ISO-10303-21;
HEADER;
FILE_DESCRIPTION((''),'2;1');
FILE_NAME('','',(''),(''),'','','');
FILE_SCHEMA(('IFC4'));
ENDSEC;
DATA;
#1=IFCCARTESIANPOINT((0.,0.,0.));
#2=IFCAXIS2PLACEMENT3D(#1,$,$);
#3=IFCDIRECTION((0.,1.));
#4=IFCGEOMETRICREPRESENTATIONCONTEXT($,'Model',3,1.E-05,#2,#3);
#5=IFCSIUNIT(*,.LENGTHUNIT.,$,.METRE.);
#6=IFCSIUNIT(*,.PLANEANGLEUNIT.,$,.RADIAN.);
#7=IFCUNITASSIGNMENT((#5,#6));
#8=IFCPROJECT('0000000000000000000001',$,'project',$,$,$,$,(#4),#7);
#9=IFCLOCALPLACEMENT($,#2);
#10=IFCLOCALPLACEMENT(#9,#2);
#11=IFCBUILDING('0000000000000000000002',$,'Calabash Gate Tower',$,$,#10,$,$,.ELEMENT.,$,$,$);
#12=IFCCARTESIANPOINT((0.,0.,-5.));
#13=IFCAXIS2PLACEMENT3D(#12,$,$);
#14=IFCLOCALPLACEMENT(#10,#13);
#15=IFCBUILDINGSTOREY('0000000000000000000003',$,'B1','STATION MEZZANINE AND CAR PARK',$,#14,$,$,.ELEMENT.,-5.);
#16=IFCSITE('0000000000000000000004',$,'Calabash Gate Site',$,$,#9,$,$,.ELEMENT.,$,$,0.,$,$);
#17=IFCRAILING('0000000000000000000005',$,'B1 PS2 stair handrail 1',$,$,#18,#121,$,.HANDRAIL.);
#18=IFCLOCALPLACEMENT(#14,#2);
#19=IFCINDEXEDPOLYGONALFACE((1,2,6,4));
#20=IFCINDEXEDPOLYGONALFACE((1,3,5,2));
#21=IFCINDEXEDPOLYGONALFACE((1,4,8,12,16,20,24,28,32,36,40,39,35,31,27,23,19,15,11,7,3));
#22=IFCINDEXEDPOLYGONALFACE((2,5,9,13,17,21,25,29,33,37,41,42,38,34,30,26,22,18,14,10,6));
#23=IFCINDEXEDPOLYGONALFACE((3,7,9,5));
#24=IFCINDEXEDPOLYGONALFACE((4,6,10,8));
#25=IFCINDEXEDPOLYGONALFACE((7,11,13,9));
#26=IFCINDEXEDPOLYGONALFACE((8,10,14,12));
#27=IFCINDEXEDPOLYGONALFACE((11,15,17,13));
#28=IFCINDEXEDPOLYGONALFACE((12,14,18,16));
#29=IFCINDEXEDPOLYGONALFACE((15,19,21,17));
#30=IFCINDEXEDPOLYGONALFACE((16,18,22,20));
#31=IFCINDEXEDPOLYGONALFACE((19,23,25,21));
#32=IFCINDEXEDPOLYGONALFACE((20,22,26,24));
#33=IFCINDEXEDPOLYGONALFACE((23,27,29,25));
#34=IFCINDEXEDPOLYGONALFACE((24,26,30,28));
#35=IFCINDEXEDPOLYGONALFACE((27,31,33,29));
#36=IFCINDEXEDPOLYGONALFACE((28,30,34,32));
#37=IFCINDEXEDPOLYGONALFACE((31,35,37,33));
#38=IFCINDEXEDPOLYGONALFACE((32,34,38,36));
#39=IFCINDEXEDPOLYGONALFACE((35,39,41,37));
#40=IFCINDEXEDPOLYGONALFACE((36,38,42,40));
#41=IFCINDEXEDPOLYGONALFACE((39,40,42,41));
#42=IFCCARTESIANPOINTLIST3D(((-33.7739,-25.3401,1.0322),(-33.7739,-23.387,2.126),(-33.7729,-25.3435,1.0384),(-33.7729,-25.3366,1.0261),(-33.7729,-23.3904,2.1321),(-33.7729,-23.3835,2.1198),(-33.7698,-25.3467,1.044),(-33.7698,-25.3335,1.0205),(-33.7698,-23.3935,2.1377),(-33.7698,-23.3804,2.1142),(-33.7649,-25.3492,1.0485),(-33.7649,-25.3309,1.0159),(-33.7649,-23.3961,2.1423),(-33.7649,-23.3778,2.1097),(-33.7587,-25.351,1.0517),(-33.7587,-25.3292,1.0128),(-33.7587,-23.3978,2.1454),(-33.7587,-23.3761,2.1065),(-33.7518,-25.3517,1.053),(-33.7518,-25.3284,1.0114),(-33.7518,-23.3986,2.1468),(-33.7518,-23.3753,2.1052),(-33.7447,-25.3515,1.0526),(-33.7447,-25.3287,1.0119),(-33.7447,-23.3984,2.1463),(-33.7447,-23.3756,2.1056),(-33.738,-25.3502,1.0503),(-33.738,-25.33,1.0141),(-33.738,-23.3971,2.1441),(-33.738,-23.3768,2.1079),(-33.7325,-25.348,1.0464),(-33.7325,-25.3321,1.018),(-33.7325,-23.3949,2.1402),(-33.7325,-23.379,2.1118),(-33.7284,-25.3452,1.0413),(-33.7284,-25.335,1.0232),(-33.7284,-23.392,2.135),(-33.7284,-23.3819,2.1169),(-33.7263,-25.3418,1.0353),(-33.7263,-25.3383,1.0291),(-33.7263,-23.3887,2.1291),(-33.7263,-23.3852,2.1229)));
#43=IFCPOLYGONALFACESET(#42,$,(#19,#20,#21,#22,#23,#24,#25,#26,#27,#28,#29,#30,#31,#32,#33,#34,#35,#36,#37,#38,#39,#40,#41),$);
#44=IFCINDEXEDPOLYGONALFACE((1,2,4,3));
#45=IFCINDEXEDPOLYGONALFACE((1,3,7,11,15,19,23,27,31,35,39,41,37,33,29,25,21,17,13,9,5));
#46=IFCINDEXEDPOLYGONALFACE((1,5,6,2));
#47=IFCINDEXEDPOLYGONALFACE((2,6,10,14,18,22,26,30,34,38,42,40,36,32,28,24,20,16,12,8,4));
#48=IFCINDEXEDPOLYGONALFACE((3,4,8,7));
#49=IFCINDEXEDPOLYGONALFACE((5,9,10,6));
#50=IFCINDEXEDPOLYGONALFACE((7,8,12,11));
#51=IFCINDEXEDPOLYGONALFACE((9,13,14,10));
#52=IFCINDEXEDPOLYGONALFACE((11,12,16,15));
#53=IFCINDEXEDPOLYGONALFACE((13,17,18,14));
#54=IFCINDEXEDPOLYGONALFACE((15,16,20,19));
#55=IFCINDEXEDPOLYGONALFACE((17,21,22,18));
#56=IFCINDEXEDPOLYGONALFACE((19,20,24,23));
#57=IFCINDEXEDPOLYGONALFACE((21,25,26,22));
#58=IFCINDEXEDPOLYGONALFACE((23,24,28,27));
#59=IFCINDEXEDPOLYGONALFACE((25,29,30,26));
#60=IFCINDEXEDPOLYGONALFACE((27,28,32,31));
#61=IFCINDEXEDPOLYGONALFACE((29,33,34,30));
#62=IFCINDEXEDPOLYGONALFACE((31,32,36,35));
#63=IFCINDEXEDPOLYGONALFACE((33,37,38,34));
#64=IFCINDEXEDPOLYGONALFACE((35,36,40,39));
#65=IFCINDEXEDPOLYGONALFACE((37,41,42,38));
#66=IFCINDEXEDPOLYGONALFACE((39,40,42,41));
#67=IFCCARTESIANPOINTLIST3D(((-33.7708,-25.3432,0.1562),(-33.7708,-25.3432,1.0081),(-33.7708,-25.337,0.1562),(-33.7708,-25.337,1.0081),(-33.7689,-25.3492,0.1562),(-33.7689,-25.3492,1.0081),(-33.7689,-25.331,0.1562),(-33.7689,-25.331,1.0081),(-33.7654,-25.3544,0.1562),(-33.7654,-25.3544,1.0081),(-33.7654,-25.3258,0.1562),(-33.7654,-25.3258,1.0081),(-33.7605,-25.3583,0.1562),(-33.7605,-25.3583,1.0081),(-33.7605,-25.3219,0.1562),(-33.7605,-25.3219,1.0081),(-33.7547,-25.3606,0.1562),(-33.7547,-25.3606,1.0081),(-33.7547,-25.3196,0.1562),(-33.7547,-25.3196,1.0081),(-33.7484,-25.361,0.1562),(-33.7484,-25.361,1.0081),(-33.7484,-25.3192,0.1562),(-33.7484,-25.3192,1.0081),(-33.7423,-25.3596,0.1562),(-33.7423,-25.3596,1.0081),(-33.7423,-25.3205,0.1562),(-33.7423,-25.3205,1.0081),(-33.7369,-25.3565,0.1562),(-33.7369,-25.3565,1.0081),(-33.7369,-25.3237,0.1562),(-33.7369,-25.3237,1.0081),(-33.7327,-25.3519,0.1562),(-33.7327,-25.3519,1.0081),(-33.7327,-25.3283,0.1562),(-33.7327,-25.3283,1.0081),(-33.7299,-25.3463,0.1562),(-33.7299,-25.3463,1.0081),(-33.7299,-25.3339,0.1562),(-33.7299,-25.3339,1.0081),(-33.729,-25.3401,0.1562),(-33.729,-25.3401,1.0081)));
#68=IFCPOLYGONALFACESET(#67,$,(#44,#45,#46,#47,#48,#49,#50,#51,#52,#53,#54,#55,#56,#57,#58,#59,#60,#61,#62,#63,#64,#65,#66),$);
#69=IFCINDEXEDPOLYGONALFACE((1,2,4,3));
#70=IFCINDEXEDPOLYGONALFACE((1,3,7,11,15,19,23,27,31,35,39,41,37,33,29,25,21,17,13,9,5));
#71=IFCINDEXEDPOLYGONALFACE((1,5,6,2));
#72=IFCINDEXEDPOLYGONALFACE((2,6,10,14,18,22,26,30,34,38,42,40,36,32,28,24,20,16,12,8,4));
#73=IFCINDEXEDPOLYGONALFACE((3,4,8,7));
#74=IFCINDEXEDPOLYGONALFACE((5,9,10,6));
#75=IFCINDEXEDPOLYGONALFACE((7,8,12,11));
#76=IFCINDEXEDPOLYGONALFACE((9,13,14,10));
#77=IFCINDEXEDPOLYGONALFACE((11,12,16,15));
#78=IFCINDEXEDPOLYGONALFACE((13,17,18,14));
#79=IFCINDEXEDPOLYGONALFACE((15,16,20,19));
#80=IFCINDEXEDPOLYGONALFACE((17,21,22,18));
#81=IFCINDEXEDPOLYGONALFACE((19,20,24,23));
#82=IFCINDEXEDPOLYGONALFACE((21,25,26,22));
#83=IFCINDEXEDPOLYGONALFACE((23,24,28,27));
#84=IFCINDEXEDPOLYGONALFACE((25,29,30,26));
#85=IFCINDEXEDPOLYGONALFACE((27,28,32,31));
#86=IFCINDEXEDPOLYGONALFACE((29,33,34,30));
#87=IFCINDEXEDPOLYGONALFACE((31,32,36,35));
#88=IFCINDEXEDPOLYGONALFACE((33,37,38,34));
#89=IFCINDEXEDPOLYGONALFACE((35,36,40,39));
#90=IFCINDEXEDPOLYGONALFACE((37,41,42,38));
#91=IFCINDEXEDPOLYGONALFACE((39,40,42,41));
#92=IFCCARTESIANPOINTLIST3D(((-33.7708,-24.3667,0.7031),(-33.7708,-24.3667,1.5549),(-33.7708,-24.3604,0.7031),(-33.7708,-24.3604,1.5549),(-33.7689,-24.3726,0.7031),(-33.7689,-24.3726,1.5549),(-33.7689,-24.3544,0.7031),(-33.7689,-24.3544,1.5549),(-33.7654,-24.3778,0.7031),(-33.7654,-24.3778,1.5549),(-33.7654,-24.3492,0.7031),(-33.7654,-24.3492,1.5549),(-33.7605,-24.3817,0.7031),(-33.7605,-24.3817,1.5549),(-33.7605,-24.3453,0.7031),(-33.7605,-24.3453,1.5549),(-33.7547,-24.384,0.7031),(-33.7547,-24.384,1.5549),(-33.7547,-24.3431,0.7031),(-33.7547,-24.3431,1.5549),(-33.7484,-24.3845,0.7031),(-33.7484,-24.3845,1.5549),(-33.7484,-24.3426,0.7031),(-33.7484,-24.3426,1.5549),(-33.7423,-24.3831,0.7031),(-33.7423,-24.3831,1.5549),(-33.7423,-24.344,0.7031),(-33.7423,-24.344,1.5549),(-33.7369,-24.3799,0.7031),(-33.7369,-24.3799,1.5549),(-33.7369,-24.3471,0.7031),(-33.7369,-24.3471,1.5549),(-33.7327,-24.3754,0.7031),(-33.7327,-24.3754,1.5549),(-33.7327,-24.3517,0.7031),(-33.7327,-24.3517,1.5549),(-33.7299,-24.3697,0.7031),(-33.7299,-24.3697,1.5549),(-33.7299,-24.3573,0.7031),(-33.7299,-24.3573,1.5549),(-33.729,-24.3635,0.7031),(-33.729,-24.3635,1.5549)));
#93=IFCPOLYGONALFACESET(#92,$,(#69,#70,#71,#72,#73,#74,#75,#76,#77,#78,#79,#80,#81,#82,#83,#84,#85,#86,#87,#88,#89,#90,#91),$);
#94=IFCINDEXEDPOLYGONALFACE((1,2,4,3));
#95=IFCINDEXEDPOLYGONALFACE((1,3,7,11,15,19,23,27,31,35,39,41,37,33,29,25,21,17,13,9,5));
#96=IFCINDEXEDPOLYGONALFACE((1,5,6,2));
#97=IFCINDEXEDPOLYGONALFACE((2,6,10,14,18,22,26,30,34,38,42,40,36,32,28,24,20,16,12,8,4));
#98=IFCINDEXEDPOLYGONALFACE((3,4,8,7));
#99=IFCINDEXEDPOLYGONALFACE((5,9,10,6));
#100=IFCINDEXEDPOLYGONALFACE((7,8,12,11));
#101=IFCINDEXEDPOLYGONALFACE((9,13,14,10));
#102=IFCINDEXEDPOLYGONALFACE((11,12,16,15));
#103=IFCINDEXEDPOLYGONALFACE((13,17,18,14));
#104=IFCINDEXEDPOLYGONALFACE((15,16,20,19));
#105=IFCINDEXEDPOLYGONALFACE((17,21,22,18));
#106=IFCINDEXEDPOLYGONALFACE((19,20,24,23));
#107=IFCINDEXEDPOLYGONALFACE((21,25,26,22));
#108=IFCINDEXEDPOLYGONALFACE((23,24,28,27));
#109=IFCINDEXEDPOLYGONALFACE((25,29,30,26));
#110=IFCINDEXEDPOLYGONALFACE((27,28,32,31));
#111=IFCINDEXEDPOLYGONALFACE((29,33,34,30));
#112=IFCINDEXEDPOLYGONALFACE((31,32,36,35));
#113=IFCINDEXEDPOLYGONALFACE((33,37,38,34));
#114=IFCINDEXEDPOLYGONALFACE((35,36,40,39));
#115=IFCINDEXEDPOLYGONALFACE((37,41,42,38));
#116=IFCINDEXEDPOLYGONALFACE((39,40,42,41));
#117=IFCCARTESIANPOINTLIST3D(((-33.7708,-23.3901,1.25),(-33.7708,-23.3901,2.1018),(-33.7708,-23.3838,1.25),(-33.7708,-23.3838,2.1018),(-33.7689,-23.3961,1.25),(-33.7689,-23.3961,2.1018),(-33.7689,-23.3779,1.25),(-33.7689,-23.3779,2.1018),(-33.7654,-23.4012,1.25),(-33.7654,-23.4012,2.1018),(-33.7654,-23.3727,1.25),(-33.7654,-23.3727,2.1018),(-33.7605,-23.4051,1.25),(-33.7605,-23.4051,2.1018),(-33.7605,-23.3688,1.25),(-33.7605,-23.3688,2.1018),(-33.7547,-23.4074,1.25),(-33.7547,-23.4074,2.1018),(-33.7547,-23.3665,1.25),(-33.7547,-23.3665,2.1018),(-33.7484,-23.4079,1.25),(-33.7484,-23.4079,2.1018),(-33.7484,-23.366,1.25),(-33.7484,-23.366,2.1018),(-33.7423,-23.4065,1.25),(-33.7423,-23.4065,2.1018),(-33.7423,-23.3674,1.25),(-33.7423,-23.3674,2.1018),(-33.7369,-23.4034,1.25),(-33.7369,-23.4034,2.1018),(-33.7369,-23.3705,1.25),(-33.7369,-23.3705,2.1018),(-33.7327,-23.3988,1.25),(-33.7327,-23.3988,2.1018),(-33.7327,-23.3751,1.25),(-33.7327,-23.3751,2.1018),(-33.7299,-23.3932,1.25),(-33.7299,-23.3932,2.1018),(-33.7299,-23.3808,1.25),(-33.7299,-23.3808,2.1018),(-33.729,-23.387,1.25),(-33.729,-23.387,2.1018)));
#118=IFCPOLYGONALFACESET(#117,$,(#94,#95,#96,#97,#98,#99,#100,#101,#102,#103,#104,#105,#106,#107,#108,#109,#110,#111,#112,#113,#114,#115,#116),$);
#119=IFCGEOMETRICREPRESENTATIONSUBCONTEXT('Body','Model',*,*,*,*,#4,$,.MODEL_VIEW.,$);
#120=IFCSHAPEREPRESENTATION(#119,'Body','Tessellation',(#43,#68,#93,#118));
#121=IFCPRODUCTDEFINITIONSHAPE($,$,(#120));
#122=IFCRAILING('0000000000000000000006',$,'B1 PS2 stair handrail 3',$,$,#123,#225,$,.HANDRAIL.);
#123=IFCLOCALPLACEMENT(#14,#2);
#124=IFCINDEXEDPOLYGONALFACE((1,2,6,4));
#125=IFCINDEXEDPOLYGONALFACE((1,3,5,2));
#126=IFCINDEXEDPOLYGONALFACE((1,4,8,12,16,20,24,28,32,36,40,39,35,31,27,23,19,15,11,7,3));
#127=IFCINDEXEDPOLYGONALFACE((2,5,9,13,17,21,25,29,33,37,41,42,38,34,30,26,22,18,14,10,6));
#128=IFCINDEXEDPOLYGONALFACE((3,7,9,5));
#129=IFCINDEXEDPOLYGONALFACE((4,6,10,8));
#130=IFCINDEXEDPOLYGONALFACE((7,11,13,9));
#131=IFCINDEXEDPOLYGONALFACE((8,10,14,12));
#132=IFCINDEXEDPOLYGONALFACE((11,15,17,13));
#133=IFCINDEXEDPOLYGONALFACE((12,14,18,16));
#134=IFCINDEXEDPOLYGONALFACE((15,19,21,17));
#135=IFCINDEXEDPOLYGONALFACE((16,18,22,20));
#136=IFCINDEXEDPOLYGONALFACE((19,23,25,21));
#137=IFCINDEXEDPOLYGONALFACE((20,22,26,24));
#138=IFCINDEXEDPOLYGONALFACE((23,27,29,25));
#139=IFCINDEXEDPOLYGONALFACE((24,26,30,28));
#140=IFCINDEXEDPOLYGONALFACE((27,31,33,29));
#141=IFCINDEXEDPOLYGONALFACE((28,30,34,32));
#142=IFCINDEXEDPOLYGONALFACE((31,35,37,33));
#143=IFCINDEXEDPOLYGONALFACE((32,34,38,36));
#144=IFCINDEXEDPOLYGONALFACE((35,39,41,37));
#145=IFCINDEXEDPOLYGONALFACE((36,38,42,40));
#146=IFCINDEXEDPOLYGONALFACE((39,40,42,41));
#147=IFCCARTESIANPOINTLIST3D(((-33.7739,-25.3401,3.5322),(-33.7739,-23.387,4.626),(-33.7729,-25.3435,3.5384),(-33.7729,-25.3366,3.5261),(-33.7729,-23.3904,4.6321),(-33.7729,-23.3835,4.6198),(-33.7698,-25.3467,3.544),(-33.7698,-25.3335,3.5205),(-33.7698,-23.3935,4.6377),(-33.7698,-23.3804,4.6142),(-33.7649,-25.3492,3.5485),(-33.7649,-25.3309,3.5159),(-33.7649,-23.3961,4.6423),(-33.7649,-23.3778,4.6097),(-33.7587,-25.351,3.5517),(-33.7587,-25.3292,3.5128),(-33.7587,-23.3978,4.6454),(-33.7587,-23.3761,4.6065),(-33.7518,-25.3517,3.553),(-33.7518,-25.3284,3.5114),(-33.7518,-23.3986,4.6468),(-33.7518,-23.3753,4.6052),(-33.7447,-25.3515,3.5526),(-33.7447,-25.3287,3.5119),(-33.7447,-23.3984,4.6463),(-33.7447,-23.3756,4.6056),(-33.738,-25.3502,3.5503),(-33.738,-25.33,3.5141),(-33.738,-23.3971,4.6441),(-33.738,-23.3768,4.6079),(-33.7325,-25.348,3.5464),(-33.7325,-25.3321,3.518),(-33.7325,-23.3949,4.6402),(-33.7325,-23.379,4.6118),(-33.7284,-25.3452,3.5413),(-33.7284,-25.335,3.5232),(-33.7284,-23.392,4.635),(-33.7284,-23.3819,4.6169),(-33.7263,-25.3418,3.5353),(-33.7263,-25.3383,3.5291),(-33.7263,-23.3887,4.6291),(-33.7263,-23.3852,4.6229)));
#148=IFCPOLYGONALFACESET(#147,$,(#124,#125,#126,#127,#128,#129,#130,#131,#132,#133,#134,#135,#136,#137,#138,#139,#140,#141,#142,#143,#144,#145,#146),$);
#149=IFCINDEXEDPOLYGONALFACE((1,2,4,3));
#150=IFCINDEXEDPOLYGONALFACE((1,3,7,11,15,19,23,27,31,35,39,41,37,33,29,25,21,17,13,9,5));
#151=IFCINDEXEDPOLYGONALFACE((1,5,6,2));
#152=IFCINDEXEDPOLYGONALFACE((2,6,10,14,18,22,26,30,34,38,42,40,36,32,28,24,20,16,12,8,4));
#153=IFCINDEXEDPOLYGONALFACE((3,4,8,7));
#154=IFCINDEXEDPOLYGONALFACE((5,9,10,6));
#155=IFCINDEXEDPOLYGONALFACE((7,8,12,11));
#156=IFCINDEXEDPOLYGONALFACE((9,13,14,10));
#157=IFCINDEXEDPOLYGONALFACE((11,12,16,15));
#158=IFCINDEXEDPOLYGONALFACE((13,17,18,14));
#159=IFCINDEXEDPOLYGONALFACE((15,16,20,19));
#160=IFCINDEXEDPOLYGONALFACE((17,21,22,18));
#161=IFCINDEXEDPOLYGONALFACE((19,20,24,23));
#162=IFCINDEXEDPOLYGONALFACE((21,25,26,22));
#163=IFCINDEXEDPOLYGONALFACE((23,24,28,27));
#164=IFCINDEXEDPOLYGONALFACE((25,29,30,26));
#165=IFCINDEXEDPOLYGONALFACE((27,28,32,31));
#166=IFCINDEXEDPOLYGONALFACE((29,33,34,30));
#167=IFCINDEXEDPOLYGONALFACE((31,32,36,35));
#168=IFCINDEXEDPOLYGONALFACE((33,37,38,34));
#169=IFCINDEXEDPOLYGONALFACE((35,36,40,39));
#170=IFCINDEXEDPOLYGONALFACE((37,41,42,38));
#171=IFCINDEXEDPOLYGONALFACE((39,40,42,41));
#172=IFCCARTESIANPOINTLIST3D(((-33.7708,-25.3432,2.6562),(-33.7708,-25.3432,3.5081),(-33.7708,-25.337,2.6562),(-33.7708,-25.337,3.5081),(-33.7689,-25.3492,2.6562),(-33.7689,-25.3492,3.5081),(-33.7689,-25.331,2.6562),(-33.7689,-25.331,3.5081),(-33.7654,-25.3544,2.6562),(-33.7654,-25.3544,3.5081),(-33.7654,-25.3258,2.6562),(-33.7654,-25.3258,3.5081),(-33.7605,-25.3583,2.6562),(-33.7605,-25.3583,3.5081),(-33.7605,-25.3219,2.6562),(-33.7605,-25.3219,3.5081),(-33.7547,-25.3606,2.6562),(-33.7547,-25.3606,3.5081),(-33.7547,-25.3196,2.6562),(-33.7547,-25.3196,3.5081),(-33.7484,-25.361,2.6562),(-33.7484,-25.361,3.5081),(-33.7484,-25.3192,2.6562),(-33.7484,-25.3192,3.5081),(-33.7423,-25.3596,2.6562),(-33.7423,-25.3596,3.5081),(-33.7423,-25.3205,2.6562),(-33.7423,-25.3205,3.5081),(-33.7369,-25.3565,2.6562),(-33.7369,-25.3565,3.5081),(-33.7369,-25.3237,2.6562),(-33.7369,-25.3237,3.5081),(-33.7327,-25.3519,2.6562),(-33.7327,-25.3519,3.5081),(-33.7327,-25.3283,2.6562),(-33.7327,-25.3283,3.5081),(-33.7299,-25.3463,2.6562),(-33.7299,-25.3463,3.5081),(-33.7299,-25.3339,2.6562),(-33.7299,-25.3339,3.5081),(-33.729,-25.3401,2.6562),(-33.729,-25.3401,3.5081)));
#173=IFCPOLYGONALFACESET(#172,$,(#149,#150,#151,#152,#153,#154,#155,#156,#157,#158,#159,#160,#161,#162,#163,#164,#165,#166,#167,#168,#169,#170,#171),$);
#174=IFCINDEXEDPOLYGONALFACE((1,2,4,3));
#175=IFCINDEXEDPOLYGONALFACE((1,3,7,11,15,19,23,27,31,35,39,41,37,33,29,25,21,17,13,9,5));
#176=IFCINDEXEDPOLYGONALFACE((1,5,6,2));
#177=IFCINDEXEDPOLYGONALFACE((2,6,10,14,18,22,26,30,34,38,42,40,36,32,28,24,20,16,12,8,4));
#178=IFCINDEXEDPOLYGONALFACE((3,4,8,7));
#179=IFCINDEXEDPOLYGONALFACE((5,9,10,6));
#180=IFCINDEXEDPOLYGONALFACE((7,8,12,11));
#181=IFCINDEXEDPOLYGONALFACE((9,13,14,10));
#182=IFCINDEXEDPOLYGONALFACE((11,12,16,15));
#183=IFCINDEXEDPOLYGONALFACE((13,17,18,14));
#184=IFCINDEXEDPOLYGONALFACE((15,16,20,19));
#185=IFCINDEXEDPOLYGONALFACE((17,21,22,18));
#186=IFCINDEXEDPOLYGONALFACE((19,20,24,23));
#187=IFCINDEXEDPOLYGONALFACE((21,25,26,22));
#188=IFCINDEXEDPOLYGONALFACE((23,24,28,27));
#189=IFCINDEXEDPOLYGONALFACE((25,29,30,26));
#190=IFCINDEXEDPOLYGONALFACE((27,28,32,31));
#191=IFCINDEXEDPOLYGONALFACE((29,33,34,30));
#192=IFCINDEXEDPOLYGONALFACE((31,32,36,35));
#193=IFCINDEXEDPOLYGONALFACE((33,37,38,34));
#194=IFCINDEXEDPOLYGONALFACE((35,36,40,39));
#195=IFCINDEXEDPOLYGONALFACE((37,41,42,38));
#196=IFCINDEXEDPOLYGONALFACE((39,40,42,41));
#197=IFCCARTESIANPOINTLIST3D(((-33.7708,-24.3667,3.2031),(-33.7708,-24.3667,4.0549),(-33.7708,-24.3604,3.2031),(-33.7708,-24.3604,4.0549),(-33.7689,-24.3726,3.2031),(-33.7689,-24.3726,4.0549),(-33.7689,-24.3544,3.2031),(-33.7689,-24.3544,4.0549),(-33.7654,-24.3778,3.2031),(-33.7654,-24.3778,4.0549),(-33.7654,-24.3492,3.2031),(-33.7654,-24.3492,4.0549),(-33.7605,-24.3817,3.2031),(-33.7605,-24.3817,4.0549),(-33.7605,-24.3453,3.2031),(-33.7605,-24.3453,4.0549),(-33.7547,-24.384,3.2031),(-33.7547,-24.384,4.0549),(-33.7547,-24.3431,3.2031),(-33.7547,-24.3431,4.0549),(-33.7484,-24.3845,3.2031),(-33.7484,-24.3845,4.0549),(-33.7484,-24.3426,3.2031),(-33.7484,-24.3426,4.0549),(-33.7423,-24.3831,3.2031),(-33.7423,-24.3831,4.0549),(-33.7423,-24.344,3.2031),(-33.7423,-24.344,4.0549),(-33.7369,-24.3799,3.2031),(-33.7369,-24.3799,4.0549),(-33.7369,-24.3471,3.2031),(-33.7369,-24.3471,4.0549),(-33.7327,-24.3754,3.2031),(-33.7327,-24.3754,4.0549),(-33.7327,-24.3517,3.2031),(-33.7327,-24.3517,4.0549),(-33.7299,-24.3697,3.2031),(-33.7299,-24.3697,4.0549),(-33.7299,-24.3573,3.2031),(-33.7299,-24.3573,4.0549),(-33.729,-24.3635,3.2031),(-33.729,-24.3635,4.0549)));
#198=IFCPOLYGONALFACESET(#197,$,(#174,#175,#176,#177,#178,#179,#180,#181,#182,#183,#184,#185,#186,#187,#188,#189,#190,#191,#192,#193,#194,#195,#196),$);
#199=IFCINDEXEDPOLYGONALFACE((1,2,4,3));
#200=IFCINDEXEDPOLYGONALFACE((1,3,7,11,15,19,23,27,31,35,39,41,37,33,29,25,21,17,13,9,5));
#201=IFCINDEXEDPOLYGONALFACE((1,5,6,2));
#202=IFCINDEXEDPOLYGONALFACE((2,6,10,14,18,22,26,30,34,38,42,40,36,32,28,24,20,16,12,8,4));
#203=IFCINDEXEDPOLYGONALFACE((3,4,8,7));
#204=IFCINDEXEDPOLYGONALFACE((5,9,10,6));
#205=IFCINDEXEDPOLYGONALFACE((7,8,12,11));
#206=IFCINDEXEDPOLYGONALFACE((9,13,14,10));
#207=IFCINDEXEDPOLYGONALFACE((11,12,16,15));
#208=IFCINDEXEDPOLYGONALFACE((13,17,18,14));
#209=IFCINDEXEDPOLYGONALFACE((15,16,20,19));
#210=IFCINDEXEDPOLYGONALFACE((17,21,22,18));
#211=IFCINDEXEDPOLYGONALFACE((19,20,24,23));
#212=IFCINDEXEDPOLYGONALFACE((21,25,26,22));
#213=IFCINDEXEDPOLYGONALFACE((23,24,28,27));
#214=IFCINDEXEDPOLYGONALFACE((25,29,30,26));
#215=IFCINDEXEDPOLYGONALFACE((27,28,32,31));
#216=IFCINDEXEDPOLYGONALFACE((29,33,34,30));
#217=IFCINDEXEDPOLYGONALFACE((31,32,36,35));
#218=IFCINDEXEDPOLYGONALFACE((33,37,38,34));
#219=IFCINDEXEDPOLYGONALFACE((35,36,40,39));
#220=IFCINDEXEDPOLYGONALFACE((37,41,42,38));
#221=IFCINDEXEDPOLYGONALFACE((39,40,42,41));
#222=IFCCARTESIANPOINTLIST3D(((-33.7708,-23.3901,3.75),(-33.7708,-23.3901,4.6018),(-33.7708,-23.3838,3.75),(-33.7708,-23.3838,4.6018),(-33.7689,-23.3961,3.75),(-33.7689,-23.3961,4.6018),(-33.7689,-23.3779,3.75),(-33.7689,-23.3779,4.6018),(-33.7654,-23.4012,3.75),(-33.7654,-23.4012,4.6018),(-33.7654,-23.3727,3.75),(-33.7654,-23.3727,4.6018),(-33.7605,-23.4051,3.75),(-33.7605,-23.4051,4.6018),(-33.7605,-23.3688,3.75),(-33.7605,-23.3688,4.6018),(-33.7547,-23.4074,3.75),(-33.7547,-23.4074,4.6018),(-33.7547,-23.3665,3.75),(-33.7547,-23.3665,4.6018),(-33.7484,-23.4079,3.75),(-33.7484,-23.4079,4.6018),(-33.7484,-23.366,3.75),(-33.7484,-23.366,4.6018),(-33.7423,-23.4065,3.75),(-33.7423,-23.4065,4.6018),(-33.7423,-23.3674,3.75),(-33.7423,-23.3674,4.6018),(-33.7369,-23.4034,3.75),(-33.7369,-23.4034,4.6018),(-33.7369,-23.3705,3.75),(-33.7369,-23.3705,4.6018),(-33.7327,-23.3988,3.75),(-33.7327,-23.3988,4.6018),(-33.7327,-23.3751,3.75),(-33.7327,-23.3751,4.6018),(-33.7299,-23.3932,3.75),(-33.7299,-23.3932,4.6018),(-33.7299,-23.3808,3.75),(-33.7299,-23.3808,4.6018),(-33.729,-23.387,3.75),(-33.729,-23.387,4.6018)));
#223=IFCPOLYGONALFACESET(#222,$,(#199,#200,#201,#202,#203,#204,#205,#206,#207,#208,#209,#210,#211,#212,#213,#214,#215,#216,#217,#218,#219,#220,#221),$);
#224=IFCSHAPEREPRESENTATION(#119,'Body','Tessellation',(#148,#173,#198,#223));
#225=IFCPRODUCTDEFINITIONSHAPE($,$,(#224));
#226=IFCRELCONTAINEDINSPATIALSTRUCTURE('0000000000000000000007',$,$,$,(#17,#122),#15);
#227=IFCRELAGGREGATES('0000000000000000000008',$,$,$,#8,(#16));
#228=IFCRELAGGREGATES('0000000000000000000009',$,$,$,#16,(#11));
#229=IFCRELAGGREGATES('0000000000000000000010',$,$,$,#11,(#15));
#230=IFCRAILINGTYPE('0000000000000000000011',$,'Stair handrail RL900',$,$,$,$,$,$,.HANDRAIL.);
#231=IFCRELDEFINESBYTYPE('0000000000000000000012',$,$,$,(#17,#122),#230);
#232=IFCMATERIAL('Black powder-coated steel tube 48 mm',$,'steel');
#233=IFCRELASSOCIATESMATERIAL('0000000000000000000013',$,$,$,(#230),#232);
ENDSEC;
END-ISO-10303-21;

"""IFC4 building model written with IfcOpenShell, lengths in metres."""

from ifc_helpers import new_model, si_unit, direction, frame, origin, origin_2d, place, context, subcontext, project, spatial, circle, extrude, material, type_object, element, save


model = new_model("IFC4")

# Units and contexts
model_context = context("Model", 3, precision=1e-05, world=origin(), true_north=direction((0.0, 1.0)))
body_context = subcontext(model_context, "Body", "Model", "MODEL_VIEW")
ifc_project = project(units=[si_unit("LENGTHUNIT", "METRE"), si_unit("PLANEANGLEUNIT", "RADIAN")], contexts=[model_context])

# Site, building, storey
site_placement = place(None, origin())
site = spatial("IfcSite", under=ifc_project, at=site_placement, Name="Calabash Gate Site", CompositionType="ELEMENT", RefElevation=0.0)
building_placement = place(site_placement, origin())
building = spatial("IfcBuilding", under=site, at=building_placement, Name="Calabash Gate Tower", CompositionType="ELEMENT")
storey_placement = place(building_placement, frame((0.0, 0.0, -5.0)))
storey = spatial("IfcBuildingStorey", under=building, at=storey_placement, Name="B1", Description="STATION MEZZANINE AND CAR PARK", CompositionType="ELEMENT", Elevation=-5.0)

# Railings
ifc_material_1 = material(Name="Black powder-coated steel tube 48 mm", Category="steel")
railing_type_1 = type_object("IfcRailingType", Name="Stair handrail RL900", PredefinedType="HANDRAIL", material=ifc_material_1)
for number, where, name in (
    (1, (-33.75, -25.3401, 0.1562), "B1 PS2 stair handrail 1"),
    (2, (-33.75, -25.3401, 2.6562), "B1 PS2 stair handrail 3"),
):
    element("IfcRailing", number, at=place(storey_placement, frame(where)), inside=storey, type_object=railing_type_1, Name=name, PredefinedType="HANDRAIL", context=body_context, shape_type="SweptSolid", body=[
        extrude(circle(Radius=0.0239, at=origin_2d()), frame((0.0, 0.0, 0.876), z_axis=(0.0, 0.872506, 0.488603), x_axis=(-1.0, 0.0, 0.0)), (0.0, 0.0, 1.0), 2.2385),
        extrude(circle(Radius=0.021, at=origin_2d()), origin(), (0.0, 0.0, 1.0), 0.8518),
        extrude(circle(Radius=0.021, at=origin_2d()), frame((0.0, 0.9766, 0.5469)), (0.0, 0.0, 1.0), 0.8518),
        extrude(circle(Radius=0.021, at=origin_2d()), frame((0.0, 1.9531, 1.0938)), (0.0, 0.0, 1.0), 0.8518),
    ])

save(model, "model.ifc")
